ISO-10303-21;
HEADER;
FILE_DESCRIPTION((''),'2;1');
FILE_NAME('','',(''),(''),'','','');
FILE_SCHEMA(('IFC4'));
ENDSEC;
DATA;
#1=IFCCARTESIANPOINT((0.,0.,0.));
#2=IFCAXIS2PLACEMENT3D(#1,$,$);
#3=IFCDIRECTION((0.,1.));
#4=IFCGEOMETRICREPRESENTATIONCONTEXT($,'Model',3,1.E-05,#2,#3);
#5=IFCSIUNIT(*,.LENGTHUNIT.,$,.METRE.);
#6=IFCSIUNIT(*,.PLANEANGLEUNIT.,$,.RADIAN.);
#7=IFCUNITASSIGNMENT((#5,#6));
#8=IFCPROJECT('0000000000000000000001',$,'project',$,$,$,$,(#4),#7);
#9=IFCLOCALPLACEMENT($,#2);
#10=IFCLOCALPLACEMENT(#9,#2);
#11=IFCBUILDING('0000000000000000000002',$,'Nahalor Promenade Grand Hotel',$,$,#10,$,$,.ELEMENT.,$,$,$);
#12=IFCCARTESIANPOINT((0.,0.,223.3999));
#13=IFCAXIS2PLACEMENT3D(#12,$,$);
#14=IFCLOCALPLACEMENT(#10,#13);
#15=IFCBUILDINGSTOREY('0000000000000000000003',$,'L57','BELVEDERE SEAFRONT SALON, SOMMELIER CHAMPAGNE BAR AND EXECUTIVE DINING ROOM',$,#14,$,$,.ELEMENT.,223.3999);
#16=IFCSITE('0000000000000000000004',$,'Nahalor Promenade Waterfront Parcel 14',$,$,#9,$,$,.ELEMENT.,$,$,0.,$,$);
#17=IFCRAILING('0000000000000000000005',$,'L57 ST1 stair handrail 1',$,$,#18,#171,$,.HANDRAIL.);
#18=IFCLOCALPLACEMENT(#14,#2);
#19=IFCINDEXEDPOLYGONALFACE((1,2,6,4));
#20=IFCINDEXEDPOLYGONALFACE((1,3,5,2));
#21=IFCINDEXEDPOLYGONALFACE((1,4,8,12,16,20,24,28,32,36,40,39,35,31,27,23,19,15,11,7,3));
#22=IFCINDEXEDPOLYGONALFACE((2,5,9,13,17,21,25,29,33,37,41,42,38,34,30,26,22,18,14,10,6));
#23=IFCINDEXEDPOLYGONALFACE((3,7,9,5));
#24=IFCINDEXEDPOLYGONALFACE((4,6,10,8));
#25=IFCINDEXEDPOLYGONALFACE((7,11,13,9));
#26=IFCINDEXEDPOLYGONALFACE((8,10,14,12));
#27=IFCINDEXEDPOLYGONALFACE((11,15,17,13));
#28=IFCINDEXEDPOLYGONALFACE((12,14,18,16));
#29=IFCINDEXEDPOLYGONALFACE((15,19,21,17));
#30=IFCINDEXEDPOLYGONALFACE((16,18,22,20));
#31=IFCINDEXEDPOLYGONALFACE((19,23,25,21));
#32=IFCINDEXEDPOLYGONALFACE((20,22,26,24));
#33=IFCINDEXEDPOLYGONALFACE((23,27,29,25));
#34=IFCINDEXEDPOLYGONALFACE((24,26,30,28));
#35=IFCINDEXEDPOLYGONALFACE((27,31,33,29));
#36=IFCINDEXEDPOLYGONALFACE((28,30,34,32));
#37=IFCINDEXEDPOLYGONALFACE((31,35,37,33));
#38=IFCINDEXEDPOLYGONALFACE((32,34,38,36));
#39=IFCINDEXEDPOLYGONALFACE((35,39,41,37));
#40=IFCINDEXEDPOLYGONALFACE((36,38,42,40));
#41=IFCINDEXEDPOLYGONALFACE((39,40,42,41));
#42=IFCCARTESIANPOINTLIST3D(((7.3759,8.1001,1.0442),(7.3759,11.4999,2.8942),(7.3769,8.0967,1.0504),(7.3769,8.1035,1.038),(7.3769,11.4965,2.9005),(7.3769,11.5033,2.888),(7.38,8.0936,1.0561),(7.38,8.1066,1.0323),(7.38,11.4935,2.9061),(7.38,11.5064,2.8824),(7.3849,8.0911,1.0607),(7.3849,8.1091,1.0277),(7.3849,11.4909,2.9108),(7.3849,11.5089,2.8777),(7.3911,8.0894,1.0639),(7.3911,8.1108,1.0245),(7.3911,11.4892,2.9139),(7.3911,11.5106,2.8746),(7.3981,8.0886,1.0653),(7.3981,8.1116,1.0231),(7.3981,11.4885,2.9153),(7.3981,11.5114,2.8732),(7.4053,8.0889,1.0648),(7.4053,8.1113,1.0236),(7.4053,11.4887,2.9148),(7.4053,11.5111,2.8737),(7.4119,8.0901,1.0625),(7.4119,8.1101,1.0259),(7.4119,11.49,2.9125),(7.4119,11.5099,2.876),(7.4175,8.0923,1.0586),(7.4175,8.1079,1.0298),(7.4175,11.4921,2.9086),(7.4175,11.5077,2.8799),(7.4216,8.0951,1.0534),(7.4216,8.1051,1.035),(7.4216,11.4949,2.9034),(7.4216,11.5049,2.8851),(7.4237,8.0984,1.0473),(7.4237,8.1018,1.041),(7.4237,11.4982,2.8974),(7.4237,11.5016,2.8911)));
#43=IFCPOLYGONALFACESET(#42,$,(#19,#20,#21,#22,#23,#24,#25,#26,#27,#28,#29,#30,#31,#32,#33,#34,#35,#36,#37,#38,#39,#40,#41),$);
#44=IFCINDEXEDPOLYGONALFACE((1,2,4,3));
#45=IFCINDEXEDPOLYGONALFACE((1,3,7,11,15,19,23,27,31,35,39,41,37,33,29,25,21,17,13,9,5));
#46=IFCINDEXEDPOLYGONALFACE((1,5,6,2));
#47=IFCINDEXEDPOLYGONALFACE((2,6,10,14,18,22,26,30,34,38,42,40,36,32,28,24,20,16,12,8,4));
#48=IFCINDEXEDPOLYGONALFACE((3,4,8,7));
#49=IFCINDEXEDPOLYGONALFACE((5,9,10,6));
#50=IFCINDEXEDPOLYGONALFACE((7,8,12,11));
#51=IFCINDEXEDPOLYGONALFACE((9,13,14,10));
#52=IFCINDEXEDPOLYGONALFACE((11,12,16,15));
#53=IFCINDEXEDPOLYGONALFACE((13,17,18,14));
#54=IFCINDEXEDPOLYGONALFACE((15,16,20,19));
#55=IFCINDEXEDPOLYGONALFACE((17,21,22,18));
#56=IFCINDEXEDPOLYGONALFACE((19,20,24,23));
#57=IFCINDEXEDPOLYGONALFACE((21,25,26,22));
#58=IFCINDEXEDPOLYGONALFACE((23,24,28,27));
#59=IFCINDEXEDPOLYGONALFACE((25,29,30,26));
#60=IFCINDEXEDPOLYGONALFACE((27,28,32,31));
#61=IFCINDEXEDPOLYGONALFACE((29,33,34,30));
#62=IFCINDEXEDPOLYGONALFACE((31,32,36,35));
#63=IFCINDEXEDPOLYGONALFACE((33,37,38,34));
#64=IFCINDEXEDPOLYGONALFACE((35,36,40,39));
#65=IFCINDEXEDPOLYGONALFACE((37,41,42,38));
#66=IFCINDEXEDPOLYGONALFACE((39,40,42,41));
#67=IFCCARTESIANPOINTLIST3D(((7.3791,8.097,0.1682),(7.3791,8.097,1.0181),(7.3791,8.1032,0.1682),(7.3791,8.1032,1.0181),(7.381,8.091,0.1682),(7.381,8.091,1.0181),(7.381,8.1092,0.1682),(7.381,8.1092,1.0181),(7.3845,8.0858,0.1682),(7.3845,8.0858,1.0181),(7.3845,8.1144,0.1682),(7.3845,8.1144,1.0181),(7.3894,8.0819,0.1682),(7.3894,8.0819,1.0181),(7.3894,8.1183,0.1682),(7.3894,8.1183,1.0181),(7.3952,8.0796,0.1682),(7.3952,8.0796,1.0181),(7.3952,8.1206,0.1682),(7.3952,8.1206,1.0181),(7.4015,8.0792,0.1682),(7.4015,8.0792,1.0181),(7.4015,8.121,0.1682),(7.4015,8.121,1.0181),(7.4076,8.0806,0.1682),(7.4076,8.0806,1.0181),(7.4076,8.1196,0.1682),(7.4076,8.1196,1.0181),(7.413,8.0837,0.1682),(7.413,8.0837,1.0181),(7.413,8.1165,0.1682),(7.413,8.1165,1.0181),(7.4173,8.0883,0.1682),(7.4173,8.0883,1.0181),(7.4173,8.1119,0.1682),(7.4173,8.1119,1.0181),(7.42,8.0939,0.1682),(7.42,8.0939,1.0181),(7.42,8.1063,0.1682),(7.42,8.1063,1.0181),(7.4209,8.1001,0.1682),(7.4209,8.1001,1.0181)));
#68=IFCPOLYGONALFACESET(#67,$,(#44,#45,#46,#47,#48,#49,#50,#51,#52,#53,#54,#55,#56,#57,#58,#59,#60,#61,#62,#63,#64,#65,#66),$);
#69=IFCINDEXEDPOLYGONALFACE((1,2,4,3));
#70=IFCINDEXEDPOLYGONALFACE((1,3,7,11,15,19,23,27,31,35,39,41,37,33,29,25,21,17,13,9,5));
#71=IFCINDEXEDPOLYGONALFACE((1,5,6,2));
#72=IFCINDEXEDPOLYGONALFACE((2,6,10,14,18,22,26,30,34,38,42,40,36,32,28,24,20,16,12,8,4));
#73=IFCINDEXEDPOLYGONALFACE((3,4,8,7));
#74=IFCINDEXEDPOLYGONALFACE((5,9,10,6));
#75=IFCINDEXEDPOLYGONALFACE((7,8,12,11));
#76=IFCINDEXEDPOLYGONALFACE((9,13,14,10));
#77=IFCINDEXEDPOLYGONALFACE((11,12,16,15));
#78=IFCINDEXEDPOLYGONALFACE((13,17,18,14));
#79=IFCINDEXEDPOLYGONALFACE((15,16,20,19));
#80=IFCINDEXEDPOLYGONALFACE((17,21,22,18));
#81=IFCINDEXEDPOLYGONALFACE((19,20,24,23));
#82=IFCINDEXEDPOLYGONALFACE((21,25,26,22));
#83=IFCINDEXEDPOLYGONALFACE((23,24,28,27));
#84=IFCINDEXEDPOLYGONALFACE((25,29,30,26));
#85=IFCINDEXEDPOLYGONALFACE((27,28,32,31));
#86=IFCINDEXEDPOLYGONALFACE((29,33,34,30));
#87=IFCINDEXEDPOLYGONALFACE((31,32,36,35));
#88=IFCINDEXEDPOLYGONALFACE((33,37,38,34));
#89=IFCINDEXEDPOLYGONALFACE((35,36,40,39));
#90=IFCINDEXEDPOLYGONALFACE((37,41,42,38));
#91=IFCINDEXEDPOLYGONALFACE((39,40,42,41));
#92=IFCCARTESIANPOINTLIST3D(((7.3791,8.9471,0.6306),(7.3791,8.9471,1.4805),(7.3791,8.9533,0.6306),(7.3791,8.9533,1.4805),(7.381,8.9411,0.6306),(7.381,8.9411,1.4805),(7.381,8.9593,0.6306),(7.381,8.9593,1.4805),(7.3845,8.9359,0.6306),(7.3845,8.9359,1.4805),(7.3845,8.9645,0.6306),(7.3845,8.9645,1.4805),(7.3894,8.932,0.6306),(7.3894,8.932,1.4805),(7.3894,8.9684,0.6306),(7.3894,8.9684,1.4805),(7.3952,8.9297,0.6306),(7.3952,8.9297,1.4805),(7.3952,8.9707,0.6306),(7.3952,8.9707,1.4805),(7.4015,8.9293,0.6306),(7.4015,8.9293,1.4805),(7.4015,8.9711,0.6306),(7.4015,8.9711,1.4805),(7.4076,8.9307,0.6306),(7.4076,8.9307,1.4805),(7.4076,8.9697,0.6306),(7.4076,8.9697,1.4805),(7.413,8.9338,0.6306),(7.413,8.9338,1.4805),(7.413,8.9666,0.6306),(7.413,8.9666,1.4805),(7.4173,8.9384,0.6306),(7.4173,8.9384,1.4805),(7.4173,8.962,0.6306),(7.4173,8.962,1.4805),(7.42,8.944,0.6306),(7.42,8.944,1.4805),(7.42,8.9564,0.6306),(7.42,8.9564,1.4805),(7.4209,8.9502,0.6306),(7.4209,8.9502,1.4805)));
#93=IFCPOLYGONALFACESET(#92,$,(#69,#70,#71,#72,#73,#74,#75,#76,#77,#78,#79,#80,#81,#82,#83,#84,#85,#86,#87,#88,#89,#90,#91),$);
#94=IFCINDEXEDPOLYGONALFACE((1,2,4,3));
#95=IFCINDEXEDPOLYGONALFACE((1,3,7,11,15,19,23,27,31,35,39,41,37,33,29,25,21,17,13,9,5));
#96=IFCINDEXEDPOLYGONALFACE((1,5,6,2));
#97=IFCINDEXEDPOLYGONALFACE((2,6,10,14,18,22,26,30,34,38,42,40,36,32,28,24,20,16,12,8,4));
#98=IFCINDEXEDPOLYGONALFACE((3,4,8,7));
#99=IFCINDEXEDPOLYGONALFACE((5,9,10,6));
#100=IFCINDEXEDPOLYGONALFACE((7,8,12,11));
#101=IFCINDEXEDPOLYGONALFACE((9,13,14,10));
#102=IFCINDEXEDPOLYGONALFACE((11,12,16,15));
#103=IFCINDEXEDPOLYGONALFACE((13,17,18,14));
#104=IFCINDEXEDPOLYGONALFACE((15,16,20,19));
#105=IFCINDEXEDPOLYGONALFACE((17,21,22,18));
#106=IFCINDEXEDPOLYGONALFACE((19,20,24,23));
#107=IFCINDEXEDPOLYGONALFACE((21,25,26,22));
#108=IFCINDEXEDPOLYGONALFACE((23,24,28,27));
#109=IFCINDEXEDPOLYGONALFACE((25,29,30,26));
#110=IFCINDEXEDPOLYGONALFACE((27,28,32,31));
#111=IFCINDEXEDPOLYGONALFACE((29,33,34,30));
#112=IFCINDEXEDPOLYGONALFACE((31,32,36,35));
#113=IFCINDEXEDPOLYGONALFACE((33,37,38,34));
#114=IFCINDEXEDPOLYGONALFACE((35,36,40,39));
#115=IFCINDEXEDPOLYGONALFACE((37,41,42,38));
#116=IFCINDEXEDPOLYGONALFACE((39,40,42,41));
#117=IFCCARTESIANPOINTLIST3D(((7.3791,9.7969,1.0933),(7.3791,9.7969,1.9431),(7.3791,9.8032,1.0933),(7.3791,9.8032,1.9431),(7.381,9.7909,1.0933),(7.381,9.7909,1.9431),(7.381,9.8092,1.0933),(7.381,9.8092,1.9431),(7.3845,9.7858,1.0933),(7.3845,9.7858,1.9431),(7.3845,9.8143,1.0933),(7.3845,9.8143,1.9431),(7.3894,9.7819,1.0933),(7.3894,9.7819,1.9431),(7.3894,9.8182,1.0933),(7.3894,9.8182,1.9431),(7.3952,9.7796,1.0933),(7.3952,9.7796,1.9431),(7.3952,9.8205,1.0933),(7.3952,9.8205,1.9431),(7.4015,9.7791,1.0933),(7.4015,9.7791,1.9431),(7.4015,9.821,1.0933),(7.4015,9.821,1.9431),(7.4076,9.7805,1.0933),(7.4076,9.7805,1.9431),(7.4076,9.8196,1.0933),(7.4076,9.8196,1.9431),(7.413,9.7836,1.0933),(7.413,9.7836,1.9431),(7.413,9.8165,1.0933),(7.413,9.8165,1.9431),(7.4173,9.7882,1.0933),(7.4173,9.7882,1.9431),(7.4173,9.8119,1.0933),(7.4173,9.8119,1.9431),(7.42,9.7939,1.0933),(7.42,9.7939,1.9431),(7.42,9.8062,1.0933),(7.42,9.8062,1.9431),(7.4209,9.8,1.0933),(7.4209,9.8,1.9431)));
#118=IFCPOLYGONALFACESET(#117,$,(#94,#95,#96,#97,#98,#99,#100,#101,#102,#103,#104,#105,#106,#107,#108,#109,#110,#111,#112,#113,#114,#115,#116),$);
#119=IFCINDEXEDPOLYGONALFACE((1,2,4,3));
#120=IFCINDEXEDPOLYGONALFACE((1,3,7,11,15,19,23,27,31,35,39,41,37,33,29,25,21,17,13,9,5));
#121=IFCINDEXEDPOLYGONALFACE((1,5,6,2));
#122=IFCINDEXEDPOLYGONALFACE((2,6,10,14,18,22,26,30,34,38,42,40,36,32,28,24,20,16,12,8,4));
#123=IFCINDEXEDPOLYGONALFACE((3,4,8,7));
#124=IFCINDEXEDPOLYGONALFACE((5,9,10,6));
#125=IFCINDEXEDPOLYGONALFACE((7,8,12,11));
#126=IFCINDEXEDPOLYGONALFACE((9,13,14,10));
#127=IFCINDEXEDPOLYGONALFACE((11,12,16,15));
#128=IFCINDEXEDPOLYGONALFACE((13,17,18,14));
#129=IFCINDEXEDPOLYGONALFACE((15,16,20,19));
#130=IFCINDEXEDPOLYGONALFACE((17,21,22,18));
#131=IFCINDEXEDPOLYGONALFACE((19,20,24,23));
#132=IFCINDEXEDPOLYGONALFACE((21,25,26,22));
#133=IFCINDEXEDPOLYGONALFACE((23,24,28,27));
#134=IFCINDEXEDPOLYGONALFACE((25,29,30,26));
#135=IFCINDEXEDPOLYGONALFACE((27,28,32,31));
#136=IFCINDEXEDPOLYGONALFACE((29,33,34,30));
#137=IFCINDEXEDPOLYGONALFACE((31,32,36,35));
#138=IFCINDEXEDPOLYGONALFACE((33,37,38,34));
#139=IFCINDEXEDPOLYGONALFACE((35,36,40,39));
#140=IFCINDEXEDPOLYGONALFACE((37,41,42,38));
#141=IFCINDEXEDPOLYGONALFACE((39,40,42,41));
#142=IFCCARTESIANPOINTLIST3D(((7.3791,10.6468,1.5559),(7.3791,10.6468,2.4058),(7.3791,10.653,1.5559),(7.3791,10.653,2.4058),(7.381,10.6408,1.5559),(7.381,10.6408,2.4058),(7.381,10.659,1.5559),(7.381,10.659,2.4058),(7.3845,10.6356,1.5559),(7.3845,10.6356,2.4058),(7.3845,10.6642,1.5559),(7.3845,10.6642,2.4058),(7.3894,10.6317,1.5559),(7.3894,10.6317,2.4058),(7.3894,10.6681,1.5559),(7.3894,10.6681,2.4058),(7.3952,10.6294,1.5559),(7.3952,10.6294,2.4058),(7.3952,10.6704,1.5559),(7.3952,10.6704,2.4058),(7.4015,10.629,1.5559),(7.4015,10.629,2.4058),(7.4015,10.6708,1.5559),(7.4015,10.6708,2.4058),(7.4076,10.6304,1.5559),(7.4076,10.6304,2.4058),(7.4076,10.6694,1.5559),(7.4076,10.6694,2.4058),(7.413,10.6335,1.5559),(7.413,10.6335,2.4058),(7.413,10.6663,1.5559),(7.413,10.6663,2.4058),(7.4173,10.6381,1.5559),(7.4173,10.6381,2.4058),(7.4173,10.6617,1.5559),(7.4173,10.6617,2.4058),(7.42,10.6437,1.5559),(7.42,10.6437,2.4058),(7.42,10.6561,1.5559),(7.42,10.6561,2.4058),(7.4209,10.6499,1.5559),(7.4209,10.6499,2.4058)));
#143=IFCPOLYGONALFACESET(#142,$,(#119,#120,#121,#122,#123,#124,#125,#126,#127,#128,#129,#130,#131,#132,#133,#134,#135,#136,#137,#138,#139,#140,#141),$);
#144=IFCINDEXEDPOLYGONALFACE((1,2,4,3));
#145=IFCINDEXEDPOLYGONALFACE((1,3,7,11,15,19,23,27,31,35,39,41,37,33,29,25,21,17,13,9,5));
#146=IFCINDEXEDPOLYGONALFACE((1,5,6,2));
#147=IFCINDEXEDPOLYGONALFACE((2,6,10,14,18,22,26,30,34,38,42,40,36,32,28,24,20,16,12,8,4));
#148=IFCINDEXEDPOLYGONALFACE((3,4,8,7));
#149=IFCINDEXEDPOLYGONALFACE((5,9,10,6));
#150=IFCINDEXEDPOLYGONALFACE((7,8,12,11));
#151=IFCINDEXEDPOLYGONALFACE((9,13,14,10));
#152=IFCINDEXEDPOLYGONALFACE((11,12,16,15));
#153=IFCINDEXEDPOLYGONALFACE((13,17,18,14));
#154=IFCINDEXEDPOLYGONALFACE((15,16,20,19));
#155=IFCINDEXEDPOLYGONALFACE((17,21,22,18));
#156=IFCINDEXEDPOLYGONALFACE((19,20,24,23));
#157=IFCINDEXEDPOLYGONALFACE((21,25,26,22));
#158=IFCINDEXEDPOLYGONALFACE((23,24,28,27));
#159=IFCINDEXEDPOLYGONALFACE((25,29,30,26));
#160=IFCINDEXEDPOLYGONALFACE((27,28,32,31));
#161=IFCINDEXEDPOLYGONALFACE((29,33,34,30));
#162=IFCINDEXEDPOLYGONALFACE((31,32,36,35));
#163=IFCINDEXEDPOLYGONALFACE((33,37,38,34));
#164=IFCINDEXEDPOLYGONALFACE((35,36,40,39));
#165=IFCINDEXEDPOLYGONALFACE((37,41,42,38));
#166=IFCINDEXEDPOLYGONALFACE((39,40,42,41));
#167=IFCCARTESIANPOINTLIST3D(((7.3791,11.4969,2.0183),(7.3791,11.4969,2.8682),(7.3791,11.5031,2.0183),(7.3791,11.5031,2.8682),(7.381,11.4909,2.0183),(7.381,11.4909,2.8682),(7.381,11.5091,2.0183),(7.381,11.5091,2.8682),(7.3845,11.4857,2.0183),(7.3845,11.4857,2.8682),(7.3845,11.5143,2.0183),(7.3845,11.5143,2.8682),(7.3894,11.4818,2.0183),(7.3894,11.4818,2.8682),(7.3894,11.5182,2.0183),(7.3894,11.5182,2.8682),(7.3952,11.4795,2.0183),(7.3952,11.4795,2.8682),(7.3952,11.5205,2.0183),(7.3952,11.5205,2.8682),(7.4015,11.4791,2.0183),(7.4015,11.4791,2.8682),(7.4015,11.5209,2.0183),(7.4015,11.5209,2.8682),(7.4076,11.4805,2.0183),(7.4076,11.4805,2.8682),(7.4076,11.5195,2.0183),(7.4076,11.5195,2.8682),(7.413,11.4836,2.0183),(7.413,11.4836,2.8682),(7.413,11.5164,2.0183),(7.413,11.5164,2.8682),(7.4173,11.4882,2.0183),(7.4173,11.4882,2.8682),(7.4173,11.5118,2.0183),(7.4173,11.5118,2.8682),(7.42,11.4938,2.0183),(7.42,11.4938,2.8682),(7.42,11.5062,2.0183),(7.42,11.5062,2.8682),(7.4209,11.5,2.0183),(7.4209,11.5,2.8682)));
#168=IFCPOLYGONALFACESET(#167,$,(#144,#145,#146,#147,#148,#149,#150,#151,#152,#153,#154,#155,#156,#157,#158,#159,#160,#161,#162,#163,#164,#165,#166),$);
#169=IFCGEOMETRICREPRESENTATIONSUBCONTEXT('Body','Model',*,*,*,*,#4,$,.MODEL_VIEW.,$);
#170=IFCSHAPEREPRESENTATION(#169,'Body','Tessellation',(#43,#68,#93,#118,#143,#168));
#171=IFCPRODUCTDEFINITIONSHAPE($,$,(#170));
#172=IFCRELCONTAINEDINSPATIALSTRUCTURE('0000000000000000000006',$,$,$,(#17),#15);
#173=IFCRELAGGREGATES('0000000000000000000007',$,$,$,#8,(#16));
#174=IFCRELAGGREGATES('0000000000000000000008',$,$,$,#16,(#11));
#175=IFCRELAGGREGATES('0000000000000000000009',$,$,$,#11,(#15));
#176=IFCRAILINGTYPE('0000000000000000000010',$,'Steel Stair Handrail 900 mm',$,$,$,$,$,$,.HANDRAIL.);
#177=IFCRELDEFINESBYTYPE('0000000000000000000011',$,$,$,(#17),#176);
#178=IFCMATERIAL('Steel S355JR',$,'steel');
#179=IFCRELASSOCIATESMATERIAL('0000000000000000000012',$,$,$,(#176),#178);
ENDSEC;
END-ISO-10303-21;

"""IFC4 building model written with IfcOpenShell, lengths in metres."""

from ifc_helpers import new_model, si_unit, direction, frame, origin, origin_2d, place, context, subcontext, project, spatial, circle, extrude, material, type_object, element, save


model = new_model("IFC4")

# Units and contexts
model_context = context("Model", 3, precision=1e-05, world=origin(), true_north=direction((0.0, 1.0)))
body_context = subcontext(model_context, "Body", "Model", "MODEL_VIEW")
ifc_project = project(units=[si_unit("LENGTHUNIT", "METRE"), si_unit("PLANEANGLEUNIT", "RADIAN")], contexts=[model_context])

# Site, building, storey
site_placement = place(None, origin())
site = spatial("IfcSite", under=ifc_project, at=site_placement, Name="Nahalor Promenade Waterfront Parcel 14", CompositionType="ELEMENT", RefElevation=0.0)
building_placement = place(site_placement, origin())
building = spatial("IfcBuilding", under=site, at=building_placement, Name="Nahalor Promenade Grand Hotel", CompositionType="ELEMENT")
storey_placement = place(building_placement, frame((0.0, 0.0, 223.3999)))
storey = spatial("IfcBuildingStorey", under=building, at=storey_placement, Name="L57", Description="BELVEDERE SEAFRONT SALON, SOMMELIER CHAMPAGNE BAR AND EXECUTIVE DINING ROOM", CompositionType="ELEMENT", Elevation=223.3999)

# Shared definitions
ifc_material_1 = material(Name="Steel S355JR", Category="steel")

# Railing
railing_type_1 = type_object("IfcRailingType", Name="Steel Stair Handrail 900 mm", PredefinedType="HANDRAIL", material=ifc_material_1)
railing_1_placement = place(storey_placement, frame((7.3999, 8.1001, 0.1682)))
element("IfcRailing", 1, at=railing_1_placement, inside=storey, type_object=railing_type_1, Name="L57 ST1 stair handrail 1", PredefinedType="HANDRAIL", context=body_context, shape_type="SweptSolid", body=[
    extrude(circle(Radius=0.024, at=origin_2d()), frame((0.0, 0.0, 0.876), z_axis=(0.0, 0.878372, 0.477977), x_axis=(-1.0, 0.0, 0.0)), (0.0, 0.0, 1.0), 3.8706),
    extrude(circle(Radius=0.021, at=origin_2d()), origin(), (0.0, 0.0, 1.0), 0.8499),
    extrude(circle(Radius=0.021, at=origin_2d()), frame((0.0, 0.8501, 0.4624)), (0.0, 0.0, 1.0), 0.8499),
    extrude(circle(Radius=0.021, at=origin_2d()), frame((0.0, 1.7, 0.925)), (0.0, 0.0, 1.0), 0.8499),
    extrude(circle(Radius=0.021, at=origin_2d()), frame((0.0, 2.5498, 1.3877)), (0.0, 0.0, 1.0), 0.8499),
    extrude(circle(Radius=0.021, at=origin_2d()), frame((0.0, 3.3999, 1.8501)), (0.0, 0.0, 1.0), 0.8499),
])

save(model, "model.ifc")
